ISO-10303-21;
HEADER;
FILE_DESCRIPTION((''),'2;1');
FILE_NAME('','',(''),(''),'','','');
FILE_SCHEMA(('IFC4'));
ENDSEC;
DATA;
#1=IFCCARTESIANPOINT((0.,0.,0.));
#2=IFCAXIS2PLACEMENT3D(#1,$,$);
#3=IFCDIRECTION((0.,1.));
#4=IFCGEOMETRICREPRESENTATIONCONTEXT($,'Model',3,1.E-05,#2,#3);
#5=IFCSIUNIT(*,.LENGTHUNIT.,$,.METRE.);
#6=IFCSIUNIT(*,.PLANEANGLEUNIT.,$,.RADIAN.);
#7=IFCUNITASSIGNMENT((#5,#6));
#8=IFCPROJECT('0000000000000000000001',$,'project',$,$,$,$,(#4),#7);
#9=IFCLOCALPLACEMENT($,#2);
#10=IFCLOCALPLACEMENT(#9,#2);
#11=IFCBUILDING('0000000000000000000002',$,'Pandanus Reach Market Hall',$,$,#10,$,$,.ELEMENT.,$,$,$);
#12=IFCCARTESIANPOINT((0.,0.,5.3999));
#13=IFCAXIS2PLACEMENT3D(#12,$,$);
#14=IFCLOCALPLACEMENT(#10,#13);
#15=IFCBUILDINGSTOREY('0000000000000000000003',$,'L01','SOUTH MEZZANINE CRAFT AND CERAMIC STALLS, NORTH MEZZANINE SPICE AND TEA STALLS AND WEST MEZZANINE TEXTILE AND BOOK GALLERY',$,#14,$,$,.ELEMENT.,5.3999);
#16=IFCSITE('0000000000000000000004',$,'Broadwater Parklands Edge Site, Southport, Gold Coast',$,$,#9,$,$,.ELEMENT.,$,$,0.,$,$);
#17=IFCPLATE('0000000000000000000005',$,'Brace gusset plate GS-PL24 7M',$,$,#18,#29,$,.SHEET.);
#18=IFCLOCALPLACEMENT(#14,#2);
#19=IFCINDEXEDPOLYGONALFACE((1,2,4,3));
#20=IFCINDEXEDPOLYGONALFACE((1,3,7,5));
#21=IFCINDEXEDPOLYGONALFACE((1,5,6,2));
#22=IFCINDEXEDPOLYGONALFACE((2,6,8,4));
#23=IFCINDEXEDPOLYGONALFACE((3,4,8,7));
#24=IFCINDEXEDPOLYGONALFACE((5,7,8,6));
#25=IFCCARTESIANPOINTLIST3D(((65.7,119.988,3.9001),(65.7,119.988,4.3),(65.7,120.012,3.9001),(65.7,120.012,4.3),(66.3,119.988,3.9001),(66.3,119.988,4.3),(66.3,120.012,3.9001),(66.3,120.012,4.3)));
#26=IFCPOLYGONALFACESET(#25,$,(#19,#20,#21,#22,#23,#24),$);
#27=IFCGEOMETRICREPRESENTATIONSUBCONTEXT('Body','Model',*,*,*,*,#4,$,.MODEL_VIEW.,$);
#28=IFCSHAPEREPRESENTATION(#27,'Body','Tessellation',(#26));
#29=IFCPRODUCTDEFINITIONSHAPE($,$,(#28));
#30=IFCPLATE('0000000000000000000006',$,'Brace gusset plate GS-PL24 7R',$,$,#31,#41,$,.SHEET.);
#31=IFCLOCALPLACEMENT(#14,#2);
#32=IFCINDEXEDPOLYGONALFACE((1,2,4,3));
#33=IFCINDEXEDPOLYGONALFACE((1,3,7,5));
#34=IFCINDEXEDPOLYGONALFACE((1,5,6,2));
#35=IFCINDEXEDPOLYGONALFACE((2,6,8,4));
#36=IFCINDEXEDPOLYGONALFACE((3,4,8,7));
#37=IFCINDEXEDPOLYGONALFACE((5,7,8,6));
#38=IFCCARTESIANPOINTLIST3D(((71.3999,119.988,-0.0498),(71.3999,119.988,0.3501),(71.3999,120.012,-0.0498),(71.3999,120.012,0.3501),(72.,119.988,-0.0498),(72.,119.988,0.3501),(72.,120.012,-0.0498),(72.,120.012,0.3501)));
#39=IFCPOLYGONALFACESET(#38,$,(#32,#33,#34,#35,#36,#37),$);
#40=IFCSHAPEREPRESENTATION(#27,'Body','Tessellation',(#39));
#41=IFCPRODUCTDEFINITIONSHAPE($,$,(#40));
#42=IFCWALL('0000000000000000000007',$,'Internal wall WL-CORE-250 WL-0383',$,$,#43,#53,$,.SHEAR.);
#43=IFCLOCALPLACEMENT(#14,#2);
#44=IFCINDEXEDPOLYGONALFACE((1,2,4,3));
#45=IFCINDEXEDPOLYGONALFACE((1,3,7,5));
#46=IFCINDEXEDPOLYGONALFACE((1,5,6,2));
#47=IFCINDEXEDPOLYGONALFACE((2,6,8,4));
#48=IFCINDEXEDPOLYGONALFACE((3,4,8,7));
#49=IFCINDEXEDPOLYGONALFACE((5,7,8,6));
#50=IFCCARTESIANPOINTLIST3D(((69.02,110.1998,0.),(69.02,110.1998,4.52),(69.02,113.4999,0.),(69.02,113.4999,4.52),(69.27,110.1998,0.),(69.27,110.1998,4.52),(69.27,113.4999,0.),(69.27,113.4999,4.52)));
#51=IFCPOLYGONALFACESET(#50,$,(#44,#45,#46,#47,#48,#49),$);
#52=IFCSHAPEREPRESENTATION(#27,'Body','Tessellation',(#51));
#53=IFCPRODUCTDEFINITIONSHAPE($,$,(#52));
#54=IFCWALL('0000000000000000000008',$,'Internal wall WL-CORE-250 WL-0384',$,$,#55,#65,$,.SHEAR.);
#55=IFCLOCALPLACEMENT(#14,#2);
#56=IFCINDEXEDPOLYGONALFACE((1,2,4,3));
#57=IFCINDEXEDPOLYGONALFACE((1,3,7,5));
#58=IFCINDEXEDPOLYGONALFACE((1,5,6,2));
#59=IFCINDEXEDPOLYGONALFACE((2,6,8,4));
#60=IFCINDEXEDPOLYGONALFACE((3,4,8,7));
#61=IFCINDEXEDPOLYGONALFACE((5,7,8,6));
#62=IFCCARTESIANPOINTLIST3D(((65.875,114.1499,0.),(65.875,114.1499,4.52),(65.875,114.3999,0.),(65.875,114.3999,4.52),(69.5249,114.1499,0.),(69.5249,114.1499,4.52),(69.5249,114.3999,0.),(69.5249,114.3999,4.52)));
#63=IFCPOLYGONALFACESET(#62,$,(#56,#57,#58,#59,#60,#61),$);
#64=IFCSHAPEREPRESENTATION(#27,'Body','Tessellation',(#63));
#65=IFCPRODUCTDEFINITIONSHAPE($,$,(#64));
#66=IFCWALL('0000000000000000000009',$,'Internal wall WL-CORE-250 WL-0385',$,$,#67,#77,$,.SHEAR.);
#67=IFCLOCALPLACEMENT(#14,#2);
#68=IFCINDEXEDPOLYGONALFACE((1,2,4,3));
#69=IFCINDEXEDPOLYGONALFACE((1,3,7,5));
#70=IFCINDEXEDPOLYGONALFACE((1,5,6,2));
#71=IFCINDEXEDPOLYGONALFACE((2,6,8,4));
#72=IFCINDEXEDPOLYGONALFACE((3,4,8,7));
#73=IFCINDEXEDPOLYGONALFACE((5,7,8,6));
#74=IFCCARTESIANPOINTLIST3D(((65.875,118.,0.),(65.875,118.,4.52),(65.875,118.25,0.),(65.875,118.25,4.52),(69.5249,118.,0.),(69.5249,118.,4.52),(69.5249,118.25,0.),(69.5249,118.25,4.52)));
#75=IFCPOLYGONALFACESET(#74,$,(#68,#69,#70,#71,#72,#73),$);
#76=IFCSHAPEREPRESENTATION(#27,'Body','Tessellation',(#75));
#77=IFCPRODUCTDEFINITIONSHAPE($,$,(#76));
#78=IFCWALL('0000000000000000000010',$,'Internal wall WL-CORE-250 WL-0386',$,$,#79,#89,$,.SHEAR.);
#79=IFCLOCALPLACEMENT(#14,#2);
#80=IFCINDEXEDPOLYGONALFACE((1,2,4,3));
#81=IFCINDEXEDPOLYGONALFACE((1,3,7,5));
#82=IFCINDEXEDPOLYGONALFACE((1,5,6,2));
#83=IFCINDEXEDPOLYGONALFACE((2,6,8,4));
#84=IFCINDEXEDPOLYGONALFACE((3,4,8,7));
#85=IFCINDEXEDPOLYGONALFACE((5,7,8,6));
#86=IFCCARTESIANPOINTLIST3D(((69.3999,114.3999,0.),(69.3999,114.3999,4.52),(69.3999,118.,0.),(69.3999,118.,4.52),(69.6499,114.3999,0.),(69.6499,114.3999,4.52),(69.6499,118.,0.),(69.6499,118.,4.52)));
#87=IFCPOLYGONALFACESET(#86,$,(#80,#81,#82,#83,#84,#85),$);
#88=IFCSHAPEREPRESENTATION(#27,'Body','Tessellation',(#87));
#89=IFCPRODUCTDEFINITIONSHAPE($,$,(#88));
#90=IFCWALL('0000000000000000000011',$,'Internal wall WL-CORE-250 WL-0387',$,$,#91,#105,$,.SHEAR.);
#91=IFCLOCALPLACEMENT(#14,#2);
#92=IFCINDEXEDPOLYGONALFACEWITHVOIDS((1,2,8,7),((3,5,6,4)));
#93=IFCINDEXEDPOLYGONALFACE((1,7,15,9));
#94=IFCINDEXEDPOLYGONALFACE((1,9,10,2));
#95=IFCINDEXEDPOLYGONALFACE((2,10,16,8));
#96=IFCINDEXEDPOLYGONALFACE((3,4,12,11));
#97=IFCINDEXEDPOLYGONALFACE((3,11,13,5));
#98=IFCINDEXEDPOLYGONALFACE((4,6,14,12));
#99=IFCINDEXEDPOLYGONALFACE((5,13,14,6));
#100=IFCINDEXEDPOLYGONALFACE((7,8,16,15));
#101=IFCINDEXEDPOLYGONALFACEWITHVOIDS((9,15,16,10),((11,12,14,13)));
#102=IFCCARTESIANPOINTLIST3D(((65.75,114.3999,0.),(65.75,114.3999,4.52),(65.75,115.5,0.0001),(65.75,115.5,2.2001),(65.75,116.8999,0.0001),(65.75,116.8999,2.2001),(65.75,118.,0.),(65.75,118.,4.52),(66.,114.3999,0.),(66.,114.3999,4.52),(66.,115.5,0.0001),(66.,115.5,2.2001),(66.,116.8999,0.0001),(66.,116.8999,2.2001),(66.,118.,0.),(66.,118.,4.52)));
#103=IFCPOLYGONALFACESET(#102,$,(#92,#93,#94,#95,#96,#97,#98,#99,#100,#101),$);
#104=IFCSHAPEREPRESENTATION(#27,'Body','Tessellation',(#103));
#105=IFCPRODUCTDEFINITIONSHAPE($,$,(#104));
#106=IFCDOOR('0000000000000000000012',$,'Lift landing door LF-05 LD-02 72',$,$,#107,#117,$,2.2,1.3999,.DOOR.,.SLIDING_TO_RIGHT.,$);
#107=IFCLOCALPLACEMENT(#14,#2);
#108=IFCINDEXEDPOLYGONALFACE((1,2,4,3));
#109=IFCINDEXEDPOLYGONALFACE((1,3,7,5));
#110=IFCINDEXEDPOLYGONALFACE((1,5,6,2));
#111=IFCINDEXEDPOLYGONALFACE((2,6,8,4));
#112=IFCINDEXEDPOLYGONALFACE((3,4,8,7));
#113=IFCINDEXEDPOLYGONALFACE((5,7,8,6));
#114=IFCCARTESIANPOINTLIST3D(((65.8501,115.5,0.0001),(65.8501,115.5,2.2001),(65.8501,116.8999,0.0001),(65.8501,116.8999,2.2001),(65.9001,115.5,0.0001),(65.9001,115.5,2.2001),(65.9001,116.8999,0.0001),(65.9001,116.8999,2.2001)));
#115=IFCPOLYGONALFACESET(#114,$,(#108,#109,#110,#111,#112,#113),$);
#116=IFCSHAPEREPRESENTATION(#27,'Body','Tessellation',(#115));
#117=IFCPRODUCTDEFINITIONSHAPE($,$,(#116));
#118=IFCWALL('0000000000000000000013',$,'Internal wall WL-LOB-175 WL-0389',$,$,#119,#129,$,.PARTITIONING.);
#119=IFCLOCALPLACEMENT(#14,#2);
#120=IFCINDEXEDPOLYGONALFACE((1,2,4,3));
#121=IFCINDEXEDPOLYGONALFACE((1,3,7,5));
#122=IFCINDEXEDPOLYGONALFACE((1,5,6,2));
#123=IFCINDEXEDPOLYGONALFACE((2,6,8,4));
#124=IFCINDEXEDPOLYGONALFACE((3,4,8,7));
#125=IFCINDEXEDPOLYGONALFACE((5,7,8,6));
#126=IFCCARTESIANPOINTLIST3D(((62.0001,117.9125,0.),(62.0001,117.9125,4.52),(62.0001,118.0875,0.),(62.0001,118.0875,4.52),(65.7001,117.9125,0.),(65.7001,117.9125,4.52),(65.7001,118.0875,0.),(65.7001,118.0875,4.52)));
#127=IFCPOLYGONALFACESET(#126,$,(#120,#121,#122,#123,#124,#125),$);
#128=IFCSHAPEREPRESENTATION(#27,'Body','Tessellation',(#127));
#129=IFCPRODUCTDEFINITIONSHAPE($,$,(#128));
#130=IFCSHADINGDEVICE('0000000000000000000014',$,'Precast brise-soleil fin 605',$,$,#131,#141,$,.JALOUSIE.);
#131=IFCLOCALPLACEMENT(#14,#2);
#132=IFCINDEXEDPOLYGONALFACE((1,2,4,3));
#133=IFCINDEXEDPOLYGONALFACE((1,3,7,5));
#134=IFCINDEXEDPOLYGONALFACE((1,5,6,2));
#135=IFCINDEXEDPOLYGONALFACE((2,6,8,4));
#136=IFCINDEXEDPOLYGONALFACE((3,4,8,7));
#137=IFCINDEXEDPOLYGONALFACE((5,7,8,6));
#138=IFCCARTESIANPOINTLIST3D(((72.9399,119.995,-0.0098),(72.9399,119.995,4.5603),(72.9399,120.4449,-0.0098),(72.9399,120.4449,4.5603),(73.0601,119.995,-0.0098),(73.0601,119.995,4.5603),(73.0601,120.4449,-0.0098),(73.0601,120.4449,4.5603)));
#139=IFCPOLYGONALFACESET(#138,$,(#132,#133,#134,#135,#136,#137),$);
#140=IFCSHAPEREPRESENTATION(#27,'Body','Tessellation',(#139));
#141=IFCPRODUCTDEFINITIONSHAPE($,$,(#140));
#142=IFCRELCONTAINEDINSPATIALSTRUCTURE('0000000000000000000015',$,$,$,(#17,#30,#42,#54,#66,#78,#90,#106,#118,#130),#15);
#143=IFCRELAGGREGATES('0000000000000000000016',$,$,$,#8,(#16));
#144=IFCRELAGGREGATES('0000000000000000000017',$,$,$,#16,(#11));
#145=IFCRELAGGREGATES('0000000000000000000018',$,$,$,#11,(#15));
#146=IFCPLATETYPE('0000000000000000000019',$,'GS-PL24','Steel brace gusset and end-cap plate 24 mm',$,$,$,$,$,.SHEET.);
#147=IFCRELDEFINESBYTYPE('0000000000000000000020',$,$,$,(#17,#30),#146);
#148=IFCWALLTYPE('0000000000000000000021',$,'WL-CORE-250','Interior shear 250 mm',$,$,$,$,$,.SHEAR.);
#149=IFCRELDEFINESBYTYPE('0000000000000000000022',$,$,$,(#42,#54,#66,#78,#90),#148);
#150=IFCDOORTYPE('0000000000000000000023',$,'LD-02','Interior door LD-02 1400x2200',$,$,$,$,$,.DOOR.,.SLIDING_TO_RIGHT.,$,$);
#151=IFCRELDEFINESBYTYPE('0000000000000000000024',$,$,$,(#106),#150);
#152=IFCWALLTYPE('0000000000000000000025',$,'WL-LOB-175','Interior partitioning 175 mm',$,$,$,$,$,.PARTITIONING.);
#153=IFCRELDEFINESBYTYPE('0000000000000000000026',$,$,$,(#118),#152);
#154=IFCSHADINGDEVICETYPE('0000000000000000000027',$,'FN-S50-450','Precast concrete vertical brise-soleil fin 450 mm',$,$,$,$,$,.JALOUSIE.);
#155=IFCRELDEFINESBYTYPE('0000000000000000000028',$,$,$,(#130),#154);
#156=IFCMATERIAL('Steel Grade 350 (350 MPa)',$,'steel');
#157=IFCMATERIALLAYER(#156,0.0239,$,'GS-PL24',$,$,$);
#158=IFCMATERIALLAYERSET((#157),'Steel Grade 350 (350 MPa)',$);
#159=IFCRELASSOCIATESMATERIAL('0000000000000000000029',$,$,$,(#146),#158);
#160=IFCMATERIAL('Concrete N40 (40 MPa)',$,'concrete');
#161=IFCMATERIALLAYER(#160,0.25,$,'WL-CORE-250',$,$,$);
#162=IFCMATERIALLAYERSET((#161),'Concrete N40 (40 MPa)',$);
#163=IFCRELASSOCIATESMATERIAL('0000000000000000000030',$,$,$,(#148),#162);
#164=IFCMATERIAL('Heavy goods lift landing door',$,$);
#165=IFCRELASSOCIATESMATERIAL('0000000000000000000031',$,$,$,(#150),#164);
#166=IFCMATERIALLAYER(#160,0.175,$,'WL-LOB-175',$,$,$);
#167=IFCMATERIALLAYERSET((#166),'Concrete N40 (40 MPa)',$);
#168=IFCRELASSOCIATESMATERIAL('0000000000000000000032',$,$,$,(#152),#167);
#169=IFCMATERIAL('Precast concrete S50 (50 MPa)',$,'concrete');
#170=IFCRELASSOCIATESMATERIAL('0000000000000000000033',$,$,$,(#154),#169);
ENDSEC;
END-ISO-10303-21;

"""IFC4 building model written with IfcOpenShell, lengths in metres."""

from ifc_helpers import new_model, si_unit, direction, frame, frame_2d, origin, origin_2d, place, context, subcontext, project, spatial, rectangle, extrude, material, layer, layer_set, type_object, element, fill, save


model = new_model("IFC4")

# Units and contexts
model_context = context("Model", 3, precision=1e-05, world=origin(), true_north=direction((0.0, 1.0)))
body_context = subcontext(model_context, "Body", "Model", "MODEL_VIEW")
ifc_project = project(units=[si_unit("LENGTHUNIT", "METRE"), si_unit("PLANEANGLEUNIT", "RADIAN")], contexts=[model_context])

# Site, building, storey
site_placement = place(None, origin())
site = spatial("IfcSite", under=ifc_project, at=site_placement, Name="Broadwater Parklands Edge Site, Southport, Gold Coast", CompositionType="ELEMENT", RefElevation=0.0)
building_placement = place(site_placement, origin())
building = spatial("IfcBuilding", under=site, at=building_placement, Name="Pandanus Reach Market Hall", CompositionType="ELEMENT")
storey_placement = place(building_placement, frame((0.0, 0.0, 5.3999)))
storey = spatial("IfcBuildingStorey", under=building, at=storey_placement, Name="L01", Description="SOUTH MEZZANINE CRAFT AND CERAMIC STALLS, NORTH MEZZANINE SPICE AND TEA STALLS AND WEST MEZZANINE TEXTILE AND BOOK GALLERY", CompositionType="ELEMENT", Elevation=5.3999)

# Shared definitions
ifc_material_1 = material(Name="Concrete N40 (40 MPa)", Category="concrete")

# Shared definitions
ifc_material_2 = material(Name="Steel Grade 350 (350 MPa)", Category="steel")

# Plates
ifc_layer_1 = layer(ifc_material_2, 0.0239, Name="GS-PL24")
ifc_layer_set_1 = layer_set([ifc_layer_1], Name="Steel Grade 350 (350 MPa)")
plate_type_1 = type_object("IfcPlateType", Name="GS-PL24", Description="Steel brace gusset and end-cap plate 24 mm", PredefinedType="SHEET", material=ifc_layer_set_1)
for number, where, z_axis, x_axis, name in (
    (1, (66.0, 120.0, 3.9001), (0.0, 0.0, 1.0), (1.0, 0.0, 0.0), "Brace gusset plate GS-PL24 7M"),
    (2, (71.7, 120.0, -0.0498), (0.0, 0.0, 1.0), (1.0, 0.0, 0.0), "Brace gusset plate GS-PL24 7R"),
):
    element("IfcPlate", number, at=place(storey_placement, frame(where, z_axis=z_axis, x_axis=x_axis)), inside=storey, type_object=plate_type_1, Name=name, PredefinedType="SHEET", context=body_context, shape_type="SweptSolid", body=[
        extrude(rectangle(XDim=0.6001, YDim=0.0239, at=origin_2d()), origin(), (0.0, 0.0, 1.0), 0.3999),
    ])

# Walls
ifc_layer_2 = layer(ifc_material_1, 0.25, Name="WL-CORE-250")
ifc_layer_set_2 = layer_set([ifc_layer_2], Name="Concrete N40 (40 MPa)")
wall_type_1 = type_object("IfcWallType", Name="WL-CORE-250", Description="Interior shear 250 mm", PredefinedType="SHEAR", material=ifc_layer_set_2)
wall_1_placement = place(storey_placement, frame((69.145, 110.2, 0.0), z_axis=(0.0, 0.0, 1.0), x_axis=(0.0, 1.0, 0.0)))
element("IfcWall", 3, at=wall_1_placement, inside=storey, type_object=wall_type_1, Name="Internal wall WL-CORE-250 WL-0383", PredefinedType="SHEAR", context=body_context, shape_type="SweptSolid", body=[
    extrude(rectangle(XDim=3.3, YDim=0.25, at=frame_2d((1.6499, 0.0))), origin(), (0.0, 0.0, 1.0), 4.52),
])
for number, where, z_axis, x_axis, name in (
    (4, (65.875, 114.2749, 0.0), (0.0, 0.0, 1.0), (1.0, 0.0, 0.0), "Internal wall WL-CORE-250 WL-0384"),
    (5, (65.875, 118.125, 0.0), (0.0, 0.0, 1.0), (1.0, 0.0, 0.0), "Internal wall WL-CORE-250 WL-0385"),
):
    element("IfcWall", number, at=place(storey_placement, frame(where, z_axis=z_axis, x_axis=x_axis)), inside=storey, type_object=wall_type_1, Name=name, PredefinedType="SHEAR", context=body_context, shape_type="SweptSolid", body=[
        extrude(rectangle(XDim=3.6499, YDim=0.25, at=frame_2d((1.825, 0.0))), origin(), (0.0, 0.0, 1.0), 4.52),
    ])
wall_2_placement = place(storey_placement, frame((69.5249, 114.3999, 0.0), z_axis=(0.0, 0.0, 1.0), x_axis=(0.0, 1.0, 0.0)))
element("IfcWall", 6, at=wall_2_placement, inside=storey, type_object=wall_type_1, Name="Internal wall WL-CORE-250 WL-0386", PredefinedType="SHEAR", context=body_context, shape_type="SweptSolid", body=[
    extrude(rectangle(XDim=3.6001, YDim=0.25, at=frame_2d((1.8, 0.0))), origin(), (0.0, 0.0, 1.0), 4.52),
])

# Wall, opening, door
wall_3_placement = place(storey_placement, frame((65.875, 114.3999, 0.0), z_axis=(0.0, 0.0, 1.0), x_axis=(0.0, 1.0, 0.0)))
wall_3 = element("IfcWall", 7, at=wall_3_placement, inside=storey, type_object=wall_type_1, Name="Internal wall WL-CORE-250 WL-0387", PredefinedType="SHEAR", context=body_context, shape_type="SweptSolid", body=[
    extrude(rectangle(XDim=3.6001, YDim=0.25, at=frame_2d((1.8, 0.0))), origin(), (0.0, 0.0, 1.0), 4.52),
])
opening_placement = place(wall_3_placement, frame((1.1001, 0.0, 0.0)))
opening = element("IfcOpeningElement", 8, at=opening_placement, cuts=wall_3, PredefinedType="OPENING", context=body_context, shape_type="SweptSolid", body=[
    extrude(rectangle(XDim=1.3999, YDim=2.2, at=frame_2d((0.7, 1.1001))), frame((0.0, 0.1399, 0.0), z_axis=(0.0, -1.0, 0.0), x_axis=(1.0, 0.0, 0.0)), (0.0, 0.0, 1.0), 0.28),
])
ifc_material_3 = material(Name="Heavy goods lift landing door")
door_type = type_object("IfcDoorType", Name="LD-02", Description="Interior door LD-02 1400x2200", OperationType="SLIDING_TO_RIGHT", PredefinedType="DOOR", material=ifc_material_3)
door_placement = place(opening_placement, origin())
door = element("IfcDoor", 9, at=door_placement, inside=storey, type_object=door_type, Name="Lift landing door LF-05 LD-02 72", OperationType="SLIDING_TO_RIGHT", OverallHeight=2.2, OverallWidth=1.3999, PredefinedType="DOOR", context=body_context, shape_type="SweptSolid", body=[
    extrude(rectangle(XDim=1.3999, YDim=2.2, at=frame_2d((0.7, 1.1001))), frame((0.0, 0.0249, 0.0), z_axis=(0.0, -1.0, 0.0), x_axis=(1.0, 0.0, 0.0)), (0.0, 0.0, 1.0), 0.05),
])
fill(opening, door)

# Wall
ifc_layer_3 = layer(ifc_material_1, 0.175, Name="WL-LOB-175")
ifc_layer_set_3 = layer_set([ifc_layer_3], Name="Concrete N40 (40 MPa)")
wall_type_2 = type_object("IfcWallType", Name="WL-LOB-175", Description="Interior partitioning 175 mm", PredefinedType="PARTITIONING", material=ifc_layer_set_3)
wall_4_placement = place(storey_placement, frame((62.0, 118.0, 0.0), z_axis=(0.0, 0.0, 1.0), x_axis=(1.0, 0.0, 0.0)))
element("IfcWall", 10, at=wall_4_placement, inside=storey, type_object=wall_type_2, Name="Internal wall WL-LOB-175 WL-0389", PredefinedType="PARTITIONING", context=body_context, shape_type="SweptSolid", body=[
    extrude(rectangle(XDim=3.7, YDim=0.175, at=frame_2d((1.8501, 0.0))), origin(), (0.0, 0.0, 1.0), 4.52),
])

# Shading device
ifc_material_4 = material(Name="Precast concrete S50 (50 MPa)", Category="concrete")
shading_device_type = type_object("IfcShadingDeviceType", Name="FN-S50-450", Description="Precast concrete vertical brise-soleil fin 450 mm", PredefinedType="JALOUSIE", material=ifc_material_4)
shading_device_placement = place(storey_placement, frame((73.0, 120.22, -0.0098), z_axis=(0.0, 0.0, 1.0), x_axis=(0.0, 1.0, 0.0)))
element("IfcShadingDevice", 11, at=shading_device_placement, inside=storey, type_object=shading_device_type, Name="Precast brise-soleil fin 605", PredefinedType="JALOUSIE", context=body_context, shape_type="SweptSolid", body=[
    extrude(rectangle(XDim=0.45, YDim=0.1201, at=origin_2d()), origin(), (0.0, 0.0, 1.0), 4.5701),
])

save(model, "model.ifc")
